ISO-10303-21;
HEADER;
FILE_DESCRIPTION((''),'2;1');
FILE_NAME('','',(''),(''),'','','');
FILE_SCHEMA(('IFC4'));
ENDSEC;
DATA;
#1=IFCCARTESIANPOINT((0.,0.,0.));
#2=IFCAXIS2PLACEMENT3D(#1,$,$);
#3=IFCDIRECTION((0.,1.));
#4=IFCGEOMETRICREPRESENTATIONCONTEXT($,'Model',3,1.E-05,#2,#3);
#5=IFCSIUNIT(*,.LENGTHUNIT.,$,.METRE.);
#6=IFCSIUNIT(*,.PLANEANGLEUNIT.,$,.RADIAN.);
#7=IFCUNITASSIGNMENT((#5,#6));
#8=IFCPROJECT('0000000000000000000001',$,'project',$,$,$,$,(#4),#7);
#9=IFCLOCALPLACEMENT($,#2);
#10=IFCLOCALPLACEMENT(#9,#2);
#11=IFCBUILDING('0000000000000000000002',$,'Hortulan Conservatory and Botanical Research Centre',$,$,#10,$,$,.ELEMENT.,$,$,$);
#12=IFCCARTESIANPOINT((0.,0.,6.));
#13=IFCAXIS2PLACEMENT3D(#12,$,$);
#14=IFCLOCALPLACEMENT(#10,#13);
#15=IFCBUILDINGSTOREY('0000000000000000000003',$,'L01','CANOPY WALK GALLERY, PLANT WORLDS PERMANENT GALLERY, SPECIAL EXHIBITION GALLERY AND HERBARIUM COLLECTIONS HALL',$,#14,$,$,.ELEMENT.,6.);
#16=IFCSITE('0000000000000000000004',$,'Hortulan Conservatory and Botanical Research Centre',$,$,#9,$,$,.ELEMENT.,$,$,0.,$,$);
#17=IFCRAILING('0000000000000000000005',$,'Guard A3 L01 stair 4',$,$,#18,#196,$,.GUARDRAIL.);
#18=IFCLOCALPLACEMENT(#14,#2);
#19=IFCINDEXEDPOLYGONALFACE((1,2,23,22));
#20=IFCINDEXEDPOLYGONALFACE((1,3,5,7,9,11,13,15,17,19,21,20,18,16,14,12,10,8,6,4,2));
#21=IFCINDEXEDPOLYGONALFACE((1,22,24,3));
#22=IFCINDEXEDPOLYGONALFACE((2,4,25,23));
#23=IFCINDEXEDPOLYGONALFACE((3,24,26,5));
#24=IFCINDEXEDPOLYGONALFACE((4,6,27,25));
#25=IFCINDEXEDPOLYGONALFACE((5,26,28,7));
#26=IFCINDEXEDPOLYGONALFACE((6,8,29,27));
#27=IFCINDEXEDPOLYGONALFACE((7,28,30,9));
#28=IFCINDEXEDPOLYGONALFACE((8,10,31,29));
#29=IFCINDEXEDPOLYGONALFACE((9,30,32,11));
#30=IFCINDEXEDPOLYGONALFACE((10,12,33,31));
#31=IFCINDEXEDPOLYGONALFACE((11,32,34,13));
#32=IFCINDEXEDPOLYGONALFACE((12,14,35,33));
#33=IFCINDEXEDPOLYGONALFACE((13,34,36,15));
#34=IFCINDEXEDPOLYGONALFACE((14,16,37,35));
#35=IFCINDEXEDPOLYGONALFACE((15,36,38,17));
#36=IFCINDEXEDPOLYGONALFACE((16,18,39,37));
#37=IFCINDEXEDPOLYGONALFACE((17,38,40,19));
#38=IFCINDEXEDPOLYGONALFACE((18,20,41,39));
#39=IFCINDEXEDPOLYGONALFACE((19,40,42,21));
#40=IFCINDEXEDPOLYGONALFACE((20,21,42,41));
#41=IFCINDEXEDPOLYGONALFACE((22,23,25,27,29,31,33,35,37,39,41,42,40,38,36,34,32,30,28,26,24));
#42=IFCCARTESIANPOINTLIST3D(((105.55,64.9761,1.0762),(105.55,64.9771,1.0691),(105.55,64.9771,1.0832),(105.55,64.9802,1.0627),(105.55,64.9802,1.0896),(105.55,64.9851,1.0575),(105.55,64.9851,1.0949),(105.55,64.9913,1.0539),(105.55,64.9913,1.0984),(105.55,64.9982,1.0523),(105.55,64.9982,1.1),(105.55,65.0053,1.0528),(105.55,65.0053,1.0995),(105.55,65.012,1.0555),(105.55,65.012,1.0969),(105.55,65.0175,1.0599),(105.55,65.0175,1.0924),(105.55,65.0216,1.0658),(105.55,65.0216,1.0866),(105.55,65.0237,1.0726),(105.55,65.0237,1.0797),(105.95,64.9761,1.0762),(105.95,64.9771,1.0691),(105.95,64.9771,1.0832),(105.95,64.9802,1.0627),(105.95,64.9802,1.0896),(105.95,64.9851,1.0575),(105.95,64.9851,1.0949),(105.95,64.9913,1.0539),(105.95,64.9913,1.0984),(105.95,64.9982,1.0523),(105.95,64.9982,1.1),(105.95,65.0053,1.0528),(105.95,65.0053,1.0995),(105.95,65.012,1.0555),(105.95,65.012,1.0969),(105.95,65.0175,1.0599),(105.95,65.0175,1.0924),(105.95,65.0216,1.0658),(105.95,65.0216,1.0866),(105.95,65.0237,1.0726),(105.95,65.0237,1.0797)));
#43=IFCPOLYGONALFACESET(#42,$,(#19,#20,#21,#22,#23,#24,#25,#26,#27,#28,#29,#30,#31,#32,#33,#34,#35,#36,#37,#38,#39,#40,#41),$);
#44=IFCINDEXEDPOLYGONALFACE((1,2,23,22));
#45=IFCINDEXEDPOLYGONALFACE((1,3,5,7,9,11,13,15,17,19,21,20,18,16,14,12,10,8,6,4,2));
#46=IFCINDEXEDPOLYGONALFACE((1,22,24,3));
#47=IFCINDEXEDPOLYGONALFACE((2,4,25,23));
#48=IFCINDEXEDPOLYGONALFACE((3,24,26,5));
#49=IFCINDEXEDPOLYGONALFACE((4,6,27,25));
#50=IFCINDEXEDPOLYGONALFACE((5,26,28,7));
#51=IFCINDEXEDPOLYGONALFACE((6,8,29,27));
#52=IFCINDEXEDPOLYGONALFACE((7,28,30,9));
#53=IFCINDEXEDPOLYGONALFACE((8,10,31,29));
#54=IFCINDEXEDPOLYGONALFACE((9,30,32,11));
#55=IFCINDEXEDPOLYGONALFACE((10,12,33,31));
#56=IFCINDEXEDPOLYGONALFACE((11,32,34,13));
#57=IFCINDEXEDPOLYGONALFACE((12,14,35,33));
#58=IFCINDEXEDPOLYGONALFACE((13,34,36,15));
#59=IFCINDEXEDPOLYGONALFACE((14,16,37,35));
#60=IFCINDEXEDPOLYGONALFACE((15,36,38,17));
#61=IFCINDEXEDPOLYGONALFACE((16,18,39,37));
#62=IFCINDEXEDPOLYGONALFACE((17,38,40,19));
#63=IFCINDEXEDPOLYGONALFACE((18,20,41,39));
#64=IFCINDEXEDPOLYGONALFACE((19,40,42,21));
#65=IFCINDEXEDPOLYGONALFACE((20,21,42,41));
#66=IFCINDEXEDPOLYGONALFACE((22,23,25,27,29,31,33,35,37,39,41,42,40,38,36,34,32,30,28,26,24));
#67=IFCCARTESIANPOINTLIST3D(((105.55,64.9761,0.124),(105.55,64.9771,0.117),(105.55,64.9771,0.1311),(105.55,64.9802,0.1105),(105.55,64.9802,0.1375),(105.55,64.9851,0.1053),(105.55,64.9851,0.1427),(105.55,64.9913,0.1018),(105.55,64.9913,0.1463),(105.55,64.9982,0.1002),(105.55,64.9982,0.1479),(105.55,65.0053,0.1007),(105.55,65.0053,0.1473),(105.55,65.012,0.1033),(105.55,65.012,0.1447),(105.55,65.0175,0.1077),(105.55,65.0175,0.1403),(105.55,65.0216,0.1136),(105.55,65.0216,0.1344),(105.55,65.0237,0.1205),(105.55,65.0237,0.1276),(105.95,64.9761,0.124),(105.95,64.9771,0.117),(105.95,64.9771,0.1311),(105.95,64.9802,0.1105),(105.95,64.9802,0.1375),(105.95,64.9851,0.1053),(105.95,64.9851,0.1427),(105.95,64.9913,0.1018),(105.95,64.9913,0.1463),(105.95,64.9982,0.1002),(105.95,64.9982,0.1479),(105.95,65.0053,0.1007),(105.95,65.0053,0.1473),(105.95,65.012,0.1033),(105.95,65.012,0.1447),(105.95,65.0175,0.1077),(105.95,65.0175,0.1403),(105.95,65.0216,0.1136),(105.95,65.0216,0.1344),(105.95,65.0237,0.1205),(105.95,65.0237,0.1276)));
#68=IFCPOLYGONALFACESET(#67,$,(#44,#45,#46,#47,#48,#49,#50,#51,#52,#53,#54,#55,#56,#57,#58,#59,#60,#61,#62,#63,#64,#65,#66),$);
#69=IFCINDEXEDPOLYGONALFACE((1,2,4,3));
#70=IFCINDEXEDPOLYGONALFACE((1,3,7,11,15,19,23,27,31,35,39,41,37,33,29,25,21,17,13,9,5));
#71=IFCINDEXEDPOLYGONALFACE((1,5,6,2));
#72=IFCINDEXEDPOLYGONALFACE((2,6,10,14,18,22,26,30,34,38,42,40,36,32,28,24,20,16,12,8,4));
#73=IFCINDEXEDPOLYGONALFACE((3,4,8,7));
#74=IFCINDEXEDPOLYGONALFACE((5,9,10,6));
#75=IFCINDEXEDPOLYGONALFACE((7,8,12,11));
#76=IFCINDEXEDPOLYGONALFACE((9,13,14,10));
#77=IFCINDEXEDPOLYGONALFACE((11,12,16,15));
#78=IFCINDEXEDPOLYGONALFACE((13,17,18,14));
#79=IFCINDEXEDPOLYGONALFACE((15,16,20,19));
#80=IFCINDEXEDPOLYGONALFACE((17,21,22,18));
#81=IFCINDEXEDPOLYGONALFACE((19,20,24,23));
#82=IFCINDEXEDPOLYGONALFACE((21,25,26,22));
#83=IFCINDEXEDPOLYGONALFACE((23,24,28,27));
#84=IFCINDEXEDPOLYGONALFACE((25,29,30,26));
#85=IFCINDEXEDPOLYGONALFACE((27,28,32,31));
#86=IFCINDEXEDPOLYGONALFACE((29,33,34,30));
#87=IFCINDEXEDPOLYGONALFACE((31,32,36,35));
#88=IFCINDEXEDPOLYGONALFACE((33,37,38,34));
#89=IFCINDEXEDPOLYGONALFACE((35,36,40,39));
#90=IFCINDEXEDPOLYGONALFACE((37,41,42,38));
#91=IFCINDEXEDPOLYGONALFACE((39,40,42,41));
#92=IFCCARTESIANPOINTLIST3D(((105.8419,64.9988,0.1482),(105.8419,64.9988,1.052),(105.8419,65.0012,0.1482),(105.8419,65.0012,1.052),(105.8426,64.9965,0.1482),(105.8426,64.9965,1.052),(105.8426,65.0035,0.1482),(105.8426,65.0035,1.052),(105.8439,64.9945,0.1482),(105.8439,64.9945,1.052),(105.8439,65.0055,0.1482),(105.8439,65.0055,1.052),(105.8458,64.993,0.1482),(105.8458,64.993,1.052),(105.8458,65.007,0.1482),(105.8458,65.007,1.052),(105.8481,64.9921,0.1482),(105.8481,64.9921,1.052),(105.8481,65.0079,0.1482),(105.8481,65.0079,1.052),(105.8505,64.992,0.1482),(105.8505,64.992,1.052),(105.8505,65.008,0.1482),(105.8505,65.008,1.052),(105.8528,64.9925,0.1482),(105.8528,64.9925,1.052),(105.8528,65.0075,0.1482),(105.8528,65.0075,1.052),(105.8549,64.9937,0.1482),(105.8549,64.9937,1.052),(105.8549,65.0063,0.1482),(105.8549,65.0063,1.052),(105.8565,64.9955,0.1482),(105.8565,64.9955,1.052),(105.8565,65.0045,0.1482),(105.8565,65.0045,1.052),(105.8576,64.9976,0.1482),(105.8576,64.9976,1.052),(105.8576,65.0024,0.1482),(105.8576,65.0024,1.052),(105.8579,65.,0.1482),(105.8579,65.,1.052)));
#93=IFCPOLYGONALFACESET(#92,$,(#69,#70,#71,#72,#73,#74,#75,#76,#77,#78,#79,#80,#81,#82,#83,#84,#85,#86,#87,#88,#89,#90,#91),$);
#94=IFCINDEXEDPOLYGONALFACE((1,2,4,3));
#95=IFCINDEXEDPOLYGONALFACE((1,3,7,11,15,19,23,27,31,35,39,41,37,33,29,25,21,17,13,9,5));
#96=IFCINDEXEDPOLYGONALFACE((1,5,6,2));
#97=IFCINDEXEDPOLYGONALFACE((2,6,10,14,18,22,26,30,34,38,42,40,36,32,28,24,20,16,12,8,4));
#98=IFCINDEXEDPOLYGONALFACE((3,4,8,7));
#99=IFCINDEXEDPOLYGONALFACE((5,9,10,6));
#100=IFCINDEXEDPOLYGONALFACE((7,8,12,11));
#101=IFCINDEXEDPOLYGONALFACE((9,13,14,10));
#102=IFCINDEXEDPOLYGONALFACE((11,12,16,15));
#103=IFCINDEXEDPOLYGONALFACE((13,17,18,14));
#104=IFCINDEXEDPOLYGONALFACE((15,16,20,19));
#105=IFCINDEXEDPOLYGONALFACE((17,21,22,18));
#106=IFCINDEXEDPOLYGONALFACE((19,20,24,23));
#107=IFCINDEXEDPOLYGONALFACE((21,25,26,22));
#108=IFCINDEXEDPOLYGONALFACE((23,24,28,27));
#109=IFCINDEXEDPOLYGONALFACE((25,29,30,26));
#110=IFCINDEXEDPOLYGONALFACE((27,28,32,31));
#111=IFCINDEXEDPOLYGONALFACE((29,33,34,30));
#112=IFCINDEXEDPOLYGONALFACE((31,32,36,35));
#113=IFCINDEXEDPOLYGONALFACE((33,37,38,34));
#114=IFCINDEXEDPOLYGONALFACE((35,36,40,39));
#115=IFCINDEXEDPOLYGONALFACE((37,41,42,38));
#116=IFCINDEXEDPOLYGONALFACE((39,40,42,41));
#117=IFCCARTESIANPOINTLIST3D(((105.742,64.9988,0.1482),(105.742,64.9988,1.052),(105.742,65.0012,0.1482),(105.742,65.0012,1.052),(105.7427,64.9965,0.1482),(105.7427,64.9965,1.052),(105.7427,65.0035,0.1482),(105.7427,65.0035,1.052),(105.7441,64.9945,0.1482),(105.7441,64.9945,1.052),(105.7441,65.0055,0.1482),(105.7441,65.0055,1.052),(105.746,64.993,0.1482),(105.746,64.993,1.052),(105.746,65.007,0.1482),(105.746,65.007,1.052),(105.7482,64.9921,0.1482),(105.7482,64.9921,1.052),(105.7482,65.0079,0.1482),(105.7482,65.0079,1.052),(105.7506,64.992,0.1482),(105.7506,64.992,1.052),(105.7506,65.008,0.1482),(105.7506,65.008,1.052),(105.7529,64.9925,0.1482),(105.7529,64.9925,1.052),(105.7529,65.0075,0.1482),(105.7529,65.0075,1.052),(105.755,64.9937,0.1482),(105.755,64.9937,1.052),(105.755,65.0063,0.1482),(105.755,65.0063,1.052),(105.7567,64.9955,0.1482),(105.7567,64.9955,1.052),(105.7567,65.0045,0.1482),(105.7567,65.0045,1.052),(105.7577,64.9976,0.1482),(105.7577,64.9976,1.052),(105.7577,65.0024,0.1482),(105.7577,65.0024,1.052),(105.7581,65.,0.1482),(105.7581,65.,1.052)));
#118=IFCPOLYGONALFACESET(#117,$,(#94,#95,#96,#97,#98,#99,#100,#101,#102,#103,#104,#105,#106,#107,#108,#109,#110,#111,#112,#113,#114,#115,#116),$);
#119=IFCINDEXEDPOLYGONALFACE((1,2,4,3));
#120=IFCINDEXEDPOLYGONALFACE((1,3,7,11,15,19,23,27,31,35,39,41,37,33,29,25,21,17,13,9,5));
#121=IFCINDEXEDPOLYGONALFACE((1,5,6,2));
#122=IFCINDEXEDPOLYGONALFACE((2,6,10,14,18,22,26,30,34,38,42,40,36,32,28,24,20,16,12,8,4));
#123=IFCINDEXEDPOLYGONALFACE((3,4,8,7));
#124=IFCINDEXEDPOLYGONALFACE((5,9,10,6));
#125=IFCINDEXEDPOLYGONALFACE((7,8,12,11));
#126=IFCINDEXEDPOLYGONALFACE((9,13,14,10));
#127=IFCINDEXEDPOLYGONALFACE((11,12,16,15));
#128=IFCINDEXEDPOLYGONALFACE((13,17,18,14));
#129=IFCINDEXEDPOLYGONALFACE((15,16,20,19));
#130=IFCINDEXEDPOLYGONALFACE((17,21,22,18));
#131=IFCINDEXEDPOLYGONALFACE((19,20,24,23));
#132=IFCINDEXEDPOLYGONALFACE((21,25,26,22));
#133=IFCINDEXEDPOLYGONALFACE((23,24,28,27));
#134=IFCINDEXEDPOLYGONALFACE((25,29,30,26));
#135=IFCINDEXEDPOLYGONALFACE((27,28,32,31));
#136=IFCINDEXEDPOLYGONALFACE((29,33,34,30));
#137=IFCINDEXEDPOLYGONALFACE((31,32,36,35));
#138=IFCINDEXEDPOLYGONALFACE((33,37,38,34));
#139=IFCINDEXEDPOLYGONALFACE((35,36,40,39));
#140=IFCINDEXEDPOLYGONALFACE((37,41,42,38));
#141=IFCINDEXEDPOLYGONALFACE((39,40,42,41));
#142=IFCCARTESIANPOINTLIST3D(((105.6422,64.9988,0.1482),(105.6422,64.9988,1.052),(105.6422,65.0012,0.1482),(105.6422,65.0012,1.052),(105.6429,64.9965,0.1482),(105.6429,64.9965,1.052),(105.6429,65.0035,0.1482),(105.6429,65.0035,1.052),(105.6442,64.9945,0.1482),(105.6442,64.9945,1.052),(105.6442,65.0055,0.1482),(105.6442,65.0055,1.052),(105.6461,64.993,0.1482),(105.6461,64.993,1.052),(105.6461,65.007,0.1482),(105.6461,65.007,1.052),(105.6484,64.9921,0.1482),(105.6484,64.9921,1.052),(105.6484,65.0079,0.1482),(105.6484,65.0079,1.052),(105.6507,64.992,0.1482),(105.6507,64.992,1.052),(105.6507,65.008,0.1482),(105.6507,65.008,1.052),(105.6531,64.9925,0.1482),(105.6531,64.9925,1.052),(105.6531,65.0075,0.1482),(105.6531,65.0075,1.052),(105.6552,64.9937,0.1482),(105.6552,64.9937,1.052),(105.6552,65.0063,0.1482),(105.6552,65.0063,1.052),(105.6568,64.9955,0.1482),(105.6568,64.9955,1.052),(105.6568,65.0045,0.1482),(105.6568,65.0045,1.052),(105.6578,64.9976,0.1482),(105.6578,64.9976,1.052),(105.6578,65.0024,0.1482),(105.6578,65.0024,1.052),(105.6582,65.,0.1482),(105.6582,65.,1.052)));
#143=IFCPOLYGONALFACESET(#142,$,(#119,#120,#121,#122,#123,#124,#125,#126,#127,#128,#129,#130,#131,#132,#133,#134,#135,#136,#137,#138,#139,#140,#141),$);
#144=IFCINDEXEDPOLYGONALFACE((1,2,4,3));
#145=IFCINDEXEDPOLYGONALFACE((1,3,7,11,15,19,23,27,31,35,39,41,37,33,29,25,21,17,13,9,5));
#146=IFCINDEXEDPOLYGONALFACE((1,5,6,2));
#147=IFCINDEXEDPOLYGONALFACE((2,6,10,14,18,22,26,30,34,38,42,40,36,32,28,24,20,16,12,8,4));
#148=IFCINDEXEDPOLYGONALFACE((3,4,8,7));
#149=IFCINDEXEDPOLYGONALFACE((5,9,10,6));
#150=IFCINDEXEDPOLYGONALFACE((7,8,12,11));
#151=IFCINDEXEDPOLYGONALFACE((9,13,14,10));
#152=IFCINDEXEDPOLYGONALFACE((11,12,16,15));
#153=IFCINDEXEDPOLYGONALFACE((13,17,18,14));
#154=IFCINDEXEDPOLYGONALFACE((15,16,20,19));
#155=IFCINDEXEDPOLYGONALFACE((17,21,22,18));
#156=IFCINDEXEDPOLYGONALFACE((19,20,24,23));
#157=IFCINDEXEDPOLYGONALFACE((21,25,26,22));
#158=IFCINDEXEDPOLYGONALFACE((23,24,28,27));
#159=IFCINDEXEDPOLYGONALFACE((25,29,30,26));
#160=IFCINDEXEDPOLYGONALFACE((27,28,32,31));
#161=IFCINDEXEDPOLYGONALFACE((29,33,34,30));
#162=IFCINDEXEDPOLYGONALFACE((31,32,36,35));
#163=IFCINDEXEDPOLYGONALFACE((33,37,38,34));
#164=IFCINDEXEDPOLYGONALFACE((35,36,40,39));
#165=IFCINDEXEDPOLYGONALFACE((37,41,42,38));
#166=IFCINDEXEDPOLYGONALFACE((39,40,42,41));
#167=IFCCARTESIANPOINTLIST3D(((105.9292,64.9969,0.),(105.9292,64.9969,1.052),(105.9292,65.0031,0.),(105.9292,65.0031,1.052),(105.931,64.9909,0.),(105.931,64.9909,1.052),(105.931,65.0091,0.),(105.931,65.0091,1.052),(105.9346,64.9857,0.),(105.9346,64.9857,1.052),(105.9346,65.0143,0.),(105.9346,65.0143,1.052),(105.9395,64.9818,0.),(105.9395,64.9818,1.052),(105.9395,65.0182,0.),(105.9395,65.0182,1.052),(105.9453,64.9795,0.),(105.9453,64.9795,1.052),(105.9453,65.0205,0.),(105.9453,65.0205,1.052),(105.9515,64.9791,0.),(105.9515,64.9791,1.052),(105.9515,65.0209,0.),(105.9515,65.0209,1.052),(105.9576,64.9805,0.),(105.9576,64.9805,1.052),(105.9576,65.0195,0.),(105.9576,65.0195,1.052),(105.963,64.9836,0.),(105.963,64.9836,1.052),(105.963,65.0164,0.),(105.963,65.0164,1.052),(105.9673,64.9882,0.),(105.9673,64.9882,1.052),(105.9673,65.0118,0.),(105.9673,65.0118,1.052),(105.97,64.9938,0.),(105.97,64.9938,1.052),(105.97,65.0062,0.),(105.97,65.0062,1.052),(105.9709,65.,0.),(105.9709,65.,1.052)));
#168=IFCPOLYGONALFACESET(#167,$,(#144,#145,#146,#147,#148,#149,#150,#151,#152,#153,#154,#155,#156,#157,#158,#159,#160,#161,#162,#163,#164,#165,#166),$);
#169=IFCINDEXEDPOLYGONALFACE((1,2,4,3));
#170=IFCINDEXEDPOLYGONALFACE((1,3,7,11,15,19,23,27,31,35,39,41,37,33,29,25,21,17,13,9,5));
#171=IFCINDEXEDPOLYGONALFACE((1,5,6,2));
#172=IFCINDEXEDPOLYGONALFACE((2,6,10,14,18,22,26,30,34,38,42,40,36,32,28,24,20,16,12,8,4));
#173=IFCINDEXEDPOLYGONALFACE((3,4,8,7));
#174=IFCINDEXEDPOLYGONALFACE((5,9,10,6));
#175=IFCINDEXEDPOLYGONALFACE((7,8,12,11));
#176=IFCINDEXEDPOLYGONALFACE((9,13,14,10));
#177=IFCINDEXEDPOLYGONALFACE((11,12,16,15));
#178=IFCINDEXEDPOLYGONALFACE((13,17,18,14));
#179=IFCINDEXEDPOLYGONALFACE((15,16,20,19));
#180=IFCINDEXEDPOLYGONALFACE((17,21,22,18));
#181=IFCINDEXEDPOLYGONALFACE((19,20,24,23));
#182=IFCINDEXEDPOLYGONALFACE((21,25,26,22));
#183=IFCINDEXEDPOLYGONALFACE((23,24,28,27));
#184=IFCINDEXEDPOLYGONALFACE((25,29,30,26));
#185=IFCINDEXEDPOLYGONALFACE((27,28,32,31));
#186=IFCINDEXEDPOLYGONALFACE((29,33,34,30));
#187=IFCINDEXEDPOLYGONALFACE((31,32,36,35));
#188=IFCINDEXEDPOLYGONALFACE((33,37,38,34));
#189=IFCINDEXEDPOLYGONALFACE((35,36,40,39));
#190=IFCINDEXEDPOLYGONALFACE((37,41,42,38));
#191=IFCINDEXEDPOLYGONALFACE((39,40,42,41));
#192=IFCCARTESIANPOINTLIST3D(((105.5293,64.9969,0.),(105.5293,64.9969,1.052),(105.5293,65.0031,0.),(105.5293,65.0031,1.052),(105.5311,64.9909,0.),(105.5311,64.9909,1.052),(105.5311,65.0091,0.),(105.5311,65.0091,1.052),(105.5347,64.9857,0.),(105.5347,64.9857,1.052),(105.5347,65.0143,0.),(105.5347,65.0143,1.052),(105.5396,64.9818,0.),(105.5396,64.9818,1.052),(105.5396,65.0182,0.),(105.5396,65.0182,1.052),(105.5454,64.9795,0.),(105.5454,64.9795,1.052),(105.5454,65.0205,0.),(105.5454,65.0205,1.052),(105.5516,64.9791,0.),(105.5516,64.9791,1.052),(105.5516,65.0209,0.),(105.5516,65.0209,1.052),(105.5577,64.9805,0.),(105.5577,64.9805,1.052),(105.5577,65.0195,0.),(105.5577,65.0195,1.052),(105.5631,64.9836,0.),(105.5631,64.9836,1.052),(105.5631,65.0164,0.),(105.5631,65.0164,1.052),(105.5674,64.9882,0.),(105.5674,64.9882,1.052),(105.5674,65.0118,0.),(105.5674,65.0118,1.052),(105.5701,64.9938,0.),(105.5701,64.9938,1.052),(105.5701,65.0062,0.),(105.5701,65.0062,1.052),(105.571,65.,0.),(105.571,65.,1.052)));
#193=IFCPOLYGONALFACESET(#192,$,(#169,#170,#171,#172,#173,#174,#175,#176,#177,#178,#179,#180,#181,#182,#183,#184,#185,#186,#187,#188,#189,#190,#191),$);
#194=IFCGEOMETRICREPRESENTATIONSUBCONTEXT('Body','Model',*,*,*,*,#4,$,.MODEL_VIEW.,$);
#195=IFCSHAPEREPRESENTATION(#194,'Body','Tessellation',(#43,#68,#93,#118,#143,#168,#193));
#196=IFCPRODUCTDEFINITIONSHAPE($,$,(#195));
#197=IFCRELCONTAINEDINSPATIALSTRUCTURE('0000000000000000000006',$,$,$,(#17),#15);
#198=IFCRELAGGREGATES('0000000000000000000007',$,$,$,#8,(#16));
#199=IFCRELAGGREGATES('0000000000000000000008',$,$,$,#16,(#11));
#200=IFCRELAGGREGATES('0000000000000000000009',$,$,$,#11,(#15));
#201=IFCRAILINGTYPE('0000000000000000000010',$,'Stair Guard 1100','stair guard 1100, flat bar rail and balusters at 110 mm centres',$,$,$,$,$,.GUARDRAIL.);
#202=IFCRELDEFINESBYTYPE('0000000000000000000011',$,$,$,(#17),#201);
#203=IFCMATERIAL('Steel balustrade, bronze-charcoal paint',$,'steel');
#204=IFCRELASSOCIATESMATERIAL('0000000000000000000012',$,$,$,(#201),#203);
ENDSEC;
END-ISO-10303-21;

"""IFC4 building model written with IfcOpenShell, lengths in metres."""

from ifc_helpers import new_model, si_unit, direction, frame, origin, origin_2d, place, context, subcontext, project, spatial, circle, extrude, material, type_object, element, save


model = new_model("IFC4")

# Units and contexts
model_context = context("Model", 3, precision=1e-05, world=origin(), true_north=direction((0.0, 1.0)))
body_context = subcontext(model_context, "Body", "Model", "MODEL_VIEW")
ifc_project = project(units=[si_unit("LENGTHUNIT", "METRE"), si_unit("PLANEANGLEUNIT", "RADIAN")], contexts=[model_context])

# Site, building, storey
site_placement = place(None, origin())
site = spatial("IfcSite", under=ifc_project, at=site_placement, Name="Hortulan Conservatory and Botanical Research Centre", CompositionType="ELEMENT", RefElevation=0.0)
building_placement = place(site_placement, origin())
building = spatial("IfcBuilding", under=site, at=building_placement, Name="Hortulan Conservatory and Botanical Research Centre", CompositionType="ELEMENT")
storey_placement = place(building_placement, frame((0.0, 0.0, 6.0)))
storey = spatial("IfcBuildingStorey", under=building, at=storey_placement, Name="L01", Description="CANOPY WALK GALLERY, PLANT WORLDS PERMANENT GALLERY, SPECIAL EXHIBITION GALLERY AND HERBARIUM COLLECTIONS HALL", CompositionType="ELEMENT", Elevation=6.0)

# Railing
ifc_material_1 = material(Name="Steel balustrade, bronze-charcoal paint", Category="steel")
railing_type_1 = type_object("IfcRailingType", Name="Stair Guard 1100", Description="stair guard 1100, flat bar rail and balusters at 110 mm centres", PredefinedType="GUARDRAIL", material=ifc_material_1)
railing_1_placement = place(storey_placement, frame((105.95, 65.0, 0.0)))
element("IfcRailing", 1, at=railing_1_placement, inside=storey, type_object=railing_type_1, Name="Guard A3 L01 stair 4", PredefinedType="GUARDRAIL", context=body_context, shape_type="SweptSolid", body=[
    extrude(circle(Radius=0.0239, at=origin_2d()), frame((0.0, 0.0, 1.0762), z_axis=(-1.0, 0.0, 0.0), x_axis=(0.0, -1.0, 0.0)), (0.0, 0.0, 1.0), 0.3999),
    extrude(circle(Radius=0.0239, at=origin_2d()), frame((0.0, 0.0, 0.124), z_axis=(-1.0, 0.0, 0.0), x_axis=(0.0, -1.0, 0.0)), (0.0, 0.0, 1.0), 0.3999),
    extrude(circle(Radius=0.0081, at=origin_2d()), frame((-0.1001, 0.0, 0.1482)), (0.0, 0.0, 1.0), 0.9038),
    extrude(circle(Radius=0.0081, at=origin_2d()), frame((-0.2, 0.0, 0.1482)), (0.0, 0.0, 1.0), 0.9038),
    extrude(circle(Radius=0.0081, at=origin_2d()), frame((-0.2998, 0.0, 0.1482)), (0.0, 0.0, 1.0), 0.9038),
    extrude(circle(Radius=0.021, at=origin_2d()), origin(), (0.0, 0.0, 1.0), 1.052),
    extrude(circle(Radius=0.021, at=origin_2d()), frame((-0.3999, 0.0, 0.0)), (0.0, 0.0, 1.0), 1.052),
])

save(model, "model.ifc")
